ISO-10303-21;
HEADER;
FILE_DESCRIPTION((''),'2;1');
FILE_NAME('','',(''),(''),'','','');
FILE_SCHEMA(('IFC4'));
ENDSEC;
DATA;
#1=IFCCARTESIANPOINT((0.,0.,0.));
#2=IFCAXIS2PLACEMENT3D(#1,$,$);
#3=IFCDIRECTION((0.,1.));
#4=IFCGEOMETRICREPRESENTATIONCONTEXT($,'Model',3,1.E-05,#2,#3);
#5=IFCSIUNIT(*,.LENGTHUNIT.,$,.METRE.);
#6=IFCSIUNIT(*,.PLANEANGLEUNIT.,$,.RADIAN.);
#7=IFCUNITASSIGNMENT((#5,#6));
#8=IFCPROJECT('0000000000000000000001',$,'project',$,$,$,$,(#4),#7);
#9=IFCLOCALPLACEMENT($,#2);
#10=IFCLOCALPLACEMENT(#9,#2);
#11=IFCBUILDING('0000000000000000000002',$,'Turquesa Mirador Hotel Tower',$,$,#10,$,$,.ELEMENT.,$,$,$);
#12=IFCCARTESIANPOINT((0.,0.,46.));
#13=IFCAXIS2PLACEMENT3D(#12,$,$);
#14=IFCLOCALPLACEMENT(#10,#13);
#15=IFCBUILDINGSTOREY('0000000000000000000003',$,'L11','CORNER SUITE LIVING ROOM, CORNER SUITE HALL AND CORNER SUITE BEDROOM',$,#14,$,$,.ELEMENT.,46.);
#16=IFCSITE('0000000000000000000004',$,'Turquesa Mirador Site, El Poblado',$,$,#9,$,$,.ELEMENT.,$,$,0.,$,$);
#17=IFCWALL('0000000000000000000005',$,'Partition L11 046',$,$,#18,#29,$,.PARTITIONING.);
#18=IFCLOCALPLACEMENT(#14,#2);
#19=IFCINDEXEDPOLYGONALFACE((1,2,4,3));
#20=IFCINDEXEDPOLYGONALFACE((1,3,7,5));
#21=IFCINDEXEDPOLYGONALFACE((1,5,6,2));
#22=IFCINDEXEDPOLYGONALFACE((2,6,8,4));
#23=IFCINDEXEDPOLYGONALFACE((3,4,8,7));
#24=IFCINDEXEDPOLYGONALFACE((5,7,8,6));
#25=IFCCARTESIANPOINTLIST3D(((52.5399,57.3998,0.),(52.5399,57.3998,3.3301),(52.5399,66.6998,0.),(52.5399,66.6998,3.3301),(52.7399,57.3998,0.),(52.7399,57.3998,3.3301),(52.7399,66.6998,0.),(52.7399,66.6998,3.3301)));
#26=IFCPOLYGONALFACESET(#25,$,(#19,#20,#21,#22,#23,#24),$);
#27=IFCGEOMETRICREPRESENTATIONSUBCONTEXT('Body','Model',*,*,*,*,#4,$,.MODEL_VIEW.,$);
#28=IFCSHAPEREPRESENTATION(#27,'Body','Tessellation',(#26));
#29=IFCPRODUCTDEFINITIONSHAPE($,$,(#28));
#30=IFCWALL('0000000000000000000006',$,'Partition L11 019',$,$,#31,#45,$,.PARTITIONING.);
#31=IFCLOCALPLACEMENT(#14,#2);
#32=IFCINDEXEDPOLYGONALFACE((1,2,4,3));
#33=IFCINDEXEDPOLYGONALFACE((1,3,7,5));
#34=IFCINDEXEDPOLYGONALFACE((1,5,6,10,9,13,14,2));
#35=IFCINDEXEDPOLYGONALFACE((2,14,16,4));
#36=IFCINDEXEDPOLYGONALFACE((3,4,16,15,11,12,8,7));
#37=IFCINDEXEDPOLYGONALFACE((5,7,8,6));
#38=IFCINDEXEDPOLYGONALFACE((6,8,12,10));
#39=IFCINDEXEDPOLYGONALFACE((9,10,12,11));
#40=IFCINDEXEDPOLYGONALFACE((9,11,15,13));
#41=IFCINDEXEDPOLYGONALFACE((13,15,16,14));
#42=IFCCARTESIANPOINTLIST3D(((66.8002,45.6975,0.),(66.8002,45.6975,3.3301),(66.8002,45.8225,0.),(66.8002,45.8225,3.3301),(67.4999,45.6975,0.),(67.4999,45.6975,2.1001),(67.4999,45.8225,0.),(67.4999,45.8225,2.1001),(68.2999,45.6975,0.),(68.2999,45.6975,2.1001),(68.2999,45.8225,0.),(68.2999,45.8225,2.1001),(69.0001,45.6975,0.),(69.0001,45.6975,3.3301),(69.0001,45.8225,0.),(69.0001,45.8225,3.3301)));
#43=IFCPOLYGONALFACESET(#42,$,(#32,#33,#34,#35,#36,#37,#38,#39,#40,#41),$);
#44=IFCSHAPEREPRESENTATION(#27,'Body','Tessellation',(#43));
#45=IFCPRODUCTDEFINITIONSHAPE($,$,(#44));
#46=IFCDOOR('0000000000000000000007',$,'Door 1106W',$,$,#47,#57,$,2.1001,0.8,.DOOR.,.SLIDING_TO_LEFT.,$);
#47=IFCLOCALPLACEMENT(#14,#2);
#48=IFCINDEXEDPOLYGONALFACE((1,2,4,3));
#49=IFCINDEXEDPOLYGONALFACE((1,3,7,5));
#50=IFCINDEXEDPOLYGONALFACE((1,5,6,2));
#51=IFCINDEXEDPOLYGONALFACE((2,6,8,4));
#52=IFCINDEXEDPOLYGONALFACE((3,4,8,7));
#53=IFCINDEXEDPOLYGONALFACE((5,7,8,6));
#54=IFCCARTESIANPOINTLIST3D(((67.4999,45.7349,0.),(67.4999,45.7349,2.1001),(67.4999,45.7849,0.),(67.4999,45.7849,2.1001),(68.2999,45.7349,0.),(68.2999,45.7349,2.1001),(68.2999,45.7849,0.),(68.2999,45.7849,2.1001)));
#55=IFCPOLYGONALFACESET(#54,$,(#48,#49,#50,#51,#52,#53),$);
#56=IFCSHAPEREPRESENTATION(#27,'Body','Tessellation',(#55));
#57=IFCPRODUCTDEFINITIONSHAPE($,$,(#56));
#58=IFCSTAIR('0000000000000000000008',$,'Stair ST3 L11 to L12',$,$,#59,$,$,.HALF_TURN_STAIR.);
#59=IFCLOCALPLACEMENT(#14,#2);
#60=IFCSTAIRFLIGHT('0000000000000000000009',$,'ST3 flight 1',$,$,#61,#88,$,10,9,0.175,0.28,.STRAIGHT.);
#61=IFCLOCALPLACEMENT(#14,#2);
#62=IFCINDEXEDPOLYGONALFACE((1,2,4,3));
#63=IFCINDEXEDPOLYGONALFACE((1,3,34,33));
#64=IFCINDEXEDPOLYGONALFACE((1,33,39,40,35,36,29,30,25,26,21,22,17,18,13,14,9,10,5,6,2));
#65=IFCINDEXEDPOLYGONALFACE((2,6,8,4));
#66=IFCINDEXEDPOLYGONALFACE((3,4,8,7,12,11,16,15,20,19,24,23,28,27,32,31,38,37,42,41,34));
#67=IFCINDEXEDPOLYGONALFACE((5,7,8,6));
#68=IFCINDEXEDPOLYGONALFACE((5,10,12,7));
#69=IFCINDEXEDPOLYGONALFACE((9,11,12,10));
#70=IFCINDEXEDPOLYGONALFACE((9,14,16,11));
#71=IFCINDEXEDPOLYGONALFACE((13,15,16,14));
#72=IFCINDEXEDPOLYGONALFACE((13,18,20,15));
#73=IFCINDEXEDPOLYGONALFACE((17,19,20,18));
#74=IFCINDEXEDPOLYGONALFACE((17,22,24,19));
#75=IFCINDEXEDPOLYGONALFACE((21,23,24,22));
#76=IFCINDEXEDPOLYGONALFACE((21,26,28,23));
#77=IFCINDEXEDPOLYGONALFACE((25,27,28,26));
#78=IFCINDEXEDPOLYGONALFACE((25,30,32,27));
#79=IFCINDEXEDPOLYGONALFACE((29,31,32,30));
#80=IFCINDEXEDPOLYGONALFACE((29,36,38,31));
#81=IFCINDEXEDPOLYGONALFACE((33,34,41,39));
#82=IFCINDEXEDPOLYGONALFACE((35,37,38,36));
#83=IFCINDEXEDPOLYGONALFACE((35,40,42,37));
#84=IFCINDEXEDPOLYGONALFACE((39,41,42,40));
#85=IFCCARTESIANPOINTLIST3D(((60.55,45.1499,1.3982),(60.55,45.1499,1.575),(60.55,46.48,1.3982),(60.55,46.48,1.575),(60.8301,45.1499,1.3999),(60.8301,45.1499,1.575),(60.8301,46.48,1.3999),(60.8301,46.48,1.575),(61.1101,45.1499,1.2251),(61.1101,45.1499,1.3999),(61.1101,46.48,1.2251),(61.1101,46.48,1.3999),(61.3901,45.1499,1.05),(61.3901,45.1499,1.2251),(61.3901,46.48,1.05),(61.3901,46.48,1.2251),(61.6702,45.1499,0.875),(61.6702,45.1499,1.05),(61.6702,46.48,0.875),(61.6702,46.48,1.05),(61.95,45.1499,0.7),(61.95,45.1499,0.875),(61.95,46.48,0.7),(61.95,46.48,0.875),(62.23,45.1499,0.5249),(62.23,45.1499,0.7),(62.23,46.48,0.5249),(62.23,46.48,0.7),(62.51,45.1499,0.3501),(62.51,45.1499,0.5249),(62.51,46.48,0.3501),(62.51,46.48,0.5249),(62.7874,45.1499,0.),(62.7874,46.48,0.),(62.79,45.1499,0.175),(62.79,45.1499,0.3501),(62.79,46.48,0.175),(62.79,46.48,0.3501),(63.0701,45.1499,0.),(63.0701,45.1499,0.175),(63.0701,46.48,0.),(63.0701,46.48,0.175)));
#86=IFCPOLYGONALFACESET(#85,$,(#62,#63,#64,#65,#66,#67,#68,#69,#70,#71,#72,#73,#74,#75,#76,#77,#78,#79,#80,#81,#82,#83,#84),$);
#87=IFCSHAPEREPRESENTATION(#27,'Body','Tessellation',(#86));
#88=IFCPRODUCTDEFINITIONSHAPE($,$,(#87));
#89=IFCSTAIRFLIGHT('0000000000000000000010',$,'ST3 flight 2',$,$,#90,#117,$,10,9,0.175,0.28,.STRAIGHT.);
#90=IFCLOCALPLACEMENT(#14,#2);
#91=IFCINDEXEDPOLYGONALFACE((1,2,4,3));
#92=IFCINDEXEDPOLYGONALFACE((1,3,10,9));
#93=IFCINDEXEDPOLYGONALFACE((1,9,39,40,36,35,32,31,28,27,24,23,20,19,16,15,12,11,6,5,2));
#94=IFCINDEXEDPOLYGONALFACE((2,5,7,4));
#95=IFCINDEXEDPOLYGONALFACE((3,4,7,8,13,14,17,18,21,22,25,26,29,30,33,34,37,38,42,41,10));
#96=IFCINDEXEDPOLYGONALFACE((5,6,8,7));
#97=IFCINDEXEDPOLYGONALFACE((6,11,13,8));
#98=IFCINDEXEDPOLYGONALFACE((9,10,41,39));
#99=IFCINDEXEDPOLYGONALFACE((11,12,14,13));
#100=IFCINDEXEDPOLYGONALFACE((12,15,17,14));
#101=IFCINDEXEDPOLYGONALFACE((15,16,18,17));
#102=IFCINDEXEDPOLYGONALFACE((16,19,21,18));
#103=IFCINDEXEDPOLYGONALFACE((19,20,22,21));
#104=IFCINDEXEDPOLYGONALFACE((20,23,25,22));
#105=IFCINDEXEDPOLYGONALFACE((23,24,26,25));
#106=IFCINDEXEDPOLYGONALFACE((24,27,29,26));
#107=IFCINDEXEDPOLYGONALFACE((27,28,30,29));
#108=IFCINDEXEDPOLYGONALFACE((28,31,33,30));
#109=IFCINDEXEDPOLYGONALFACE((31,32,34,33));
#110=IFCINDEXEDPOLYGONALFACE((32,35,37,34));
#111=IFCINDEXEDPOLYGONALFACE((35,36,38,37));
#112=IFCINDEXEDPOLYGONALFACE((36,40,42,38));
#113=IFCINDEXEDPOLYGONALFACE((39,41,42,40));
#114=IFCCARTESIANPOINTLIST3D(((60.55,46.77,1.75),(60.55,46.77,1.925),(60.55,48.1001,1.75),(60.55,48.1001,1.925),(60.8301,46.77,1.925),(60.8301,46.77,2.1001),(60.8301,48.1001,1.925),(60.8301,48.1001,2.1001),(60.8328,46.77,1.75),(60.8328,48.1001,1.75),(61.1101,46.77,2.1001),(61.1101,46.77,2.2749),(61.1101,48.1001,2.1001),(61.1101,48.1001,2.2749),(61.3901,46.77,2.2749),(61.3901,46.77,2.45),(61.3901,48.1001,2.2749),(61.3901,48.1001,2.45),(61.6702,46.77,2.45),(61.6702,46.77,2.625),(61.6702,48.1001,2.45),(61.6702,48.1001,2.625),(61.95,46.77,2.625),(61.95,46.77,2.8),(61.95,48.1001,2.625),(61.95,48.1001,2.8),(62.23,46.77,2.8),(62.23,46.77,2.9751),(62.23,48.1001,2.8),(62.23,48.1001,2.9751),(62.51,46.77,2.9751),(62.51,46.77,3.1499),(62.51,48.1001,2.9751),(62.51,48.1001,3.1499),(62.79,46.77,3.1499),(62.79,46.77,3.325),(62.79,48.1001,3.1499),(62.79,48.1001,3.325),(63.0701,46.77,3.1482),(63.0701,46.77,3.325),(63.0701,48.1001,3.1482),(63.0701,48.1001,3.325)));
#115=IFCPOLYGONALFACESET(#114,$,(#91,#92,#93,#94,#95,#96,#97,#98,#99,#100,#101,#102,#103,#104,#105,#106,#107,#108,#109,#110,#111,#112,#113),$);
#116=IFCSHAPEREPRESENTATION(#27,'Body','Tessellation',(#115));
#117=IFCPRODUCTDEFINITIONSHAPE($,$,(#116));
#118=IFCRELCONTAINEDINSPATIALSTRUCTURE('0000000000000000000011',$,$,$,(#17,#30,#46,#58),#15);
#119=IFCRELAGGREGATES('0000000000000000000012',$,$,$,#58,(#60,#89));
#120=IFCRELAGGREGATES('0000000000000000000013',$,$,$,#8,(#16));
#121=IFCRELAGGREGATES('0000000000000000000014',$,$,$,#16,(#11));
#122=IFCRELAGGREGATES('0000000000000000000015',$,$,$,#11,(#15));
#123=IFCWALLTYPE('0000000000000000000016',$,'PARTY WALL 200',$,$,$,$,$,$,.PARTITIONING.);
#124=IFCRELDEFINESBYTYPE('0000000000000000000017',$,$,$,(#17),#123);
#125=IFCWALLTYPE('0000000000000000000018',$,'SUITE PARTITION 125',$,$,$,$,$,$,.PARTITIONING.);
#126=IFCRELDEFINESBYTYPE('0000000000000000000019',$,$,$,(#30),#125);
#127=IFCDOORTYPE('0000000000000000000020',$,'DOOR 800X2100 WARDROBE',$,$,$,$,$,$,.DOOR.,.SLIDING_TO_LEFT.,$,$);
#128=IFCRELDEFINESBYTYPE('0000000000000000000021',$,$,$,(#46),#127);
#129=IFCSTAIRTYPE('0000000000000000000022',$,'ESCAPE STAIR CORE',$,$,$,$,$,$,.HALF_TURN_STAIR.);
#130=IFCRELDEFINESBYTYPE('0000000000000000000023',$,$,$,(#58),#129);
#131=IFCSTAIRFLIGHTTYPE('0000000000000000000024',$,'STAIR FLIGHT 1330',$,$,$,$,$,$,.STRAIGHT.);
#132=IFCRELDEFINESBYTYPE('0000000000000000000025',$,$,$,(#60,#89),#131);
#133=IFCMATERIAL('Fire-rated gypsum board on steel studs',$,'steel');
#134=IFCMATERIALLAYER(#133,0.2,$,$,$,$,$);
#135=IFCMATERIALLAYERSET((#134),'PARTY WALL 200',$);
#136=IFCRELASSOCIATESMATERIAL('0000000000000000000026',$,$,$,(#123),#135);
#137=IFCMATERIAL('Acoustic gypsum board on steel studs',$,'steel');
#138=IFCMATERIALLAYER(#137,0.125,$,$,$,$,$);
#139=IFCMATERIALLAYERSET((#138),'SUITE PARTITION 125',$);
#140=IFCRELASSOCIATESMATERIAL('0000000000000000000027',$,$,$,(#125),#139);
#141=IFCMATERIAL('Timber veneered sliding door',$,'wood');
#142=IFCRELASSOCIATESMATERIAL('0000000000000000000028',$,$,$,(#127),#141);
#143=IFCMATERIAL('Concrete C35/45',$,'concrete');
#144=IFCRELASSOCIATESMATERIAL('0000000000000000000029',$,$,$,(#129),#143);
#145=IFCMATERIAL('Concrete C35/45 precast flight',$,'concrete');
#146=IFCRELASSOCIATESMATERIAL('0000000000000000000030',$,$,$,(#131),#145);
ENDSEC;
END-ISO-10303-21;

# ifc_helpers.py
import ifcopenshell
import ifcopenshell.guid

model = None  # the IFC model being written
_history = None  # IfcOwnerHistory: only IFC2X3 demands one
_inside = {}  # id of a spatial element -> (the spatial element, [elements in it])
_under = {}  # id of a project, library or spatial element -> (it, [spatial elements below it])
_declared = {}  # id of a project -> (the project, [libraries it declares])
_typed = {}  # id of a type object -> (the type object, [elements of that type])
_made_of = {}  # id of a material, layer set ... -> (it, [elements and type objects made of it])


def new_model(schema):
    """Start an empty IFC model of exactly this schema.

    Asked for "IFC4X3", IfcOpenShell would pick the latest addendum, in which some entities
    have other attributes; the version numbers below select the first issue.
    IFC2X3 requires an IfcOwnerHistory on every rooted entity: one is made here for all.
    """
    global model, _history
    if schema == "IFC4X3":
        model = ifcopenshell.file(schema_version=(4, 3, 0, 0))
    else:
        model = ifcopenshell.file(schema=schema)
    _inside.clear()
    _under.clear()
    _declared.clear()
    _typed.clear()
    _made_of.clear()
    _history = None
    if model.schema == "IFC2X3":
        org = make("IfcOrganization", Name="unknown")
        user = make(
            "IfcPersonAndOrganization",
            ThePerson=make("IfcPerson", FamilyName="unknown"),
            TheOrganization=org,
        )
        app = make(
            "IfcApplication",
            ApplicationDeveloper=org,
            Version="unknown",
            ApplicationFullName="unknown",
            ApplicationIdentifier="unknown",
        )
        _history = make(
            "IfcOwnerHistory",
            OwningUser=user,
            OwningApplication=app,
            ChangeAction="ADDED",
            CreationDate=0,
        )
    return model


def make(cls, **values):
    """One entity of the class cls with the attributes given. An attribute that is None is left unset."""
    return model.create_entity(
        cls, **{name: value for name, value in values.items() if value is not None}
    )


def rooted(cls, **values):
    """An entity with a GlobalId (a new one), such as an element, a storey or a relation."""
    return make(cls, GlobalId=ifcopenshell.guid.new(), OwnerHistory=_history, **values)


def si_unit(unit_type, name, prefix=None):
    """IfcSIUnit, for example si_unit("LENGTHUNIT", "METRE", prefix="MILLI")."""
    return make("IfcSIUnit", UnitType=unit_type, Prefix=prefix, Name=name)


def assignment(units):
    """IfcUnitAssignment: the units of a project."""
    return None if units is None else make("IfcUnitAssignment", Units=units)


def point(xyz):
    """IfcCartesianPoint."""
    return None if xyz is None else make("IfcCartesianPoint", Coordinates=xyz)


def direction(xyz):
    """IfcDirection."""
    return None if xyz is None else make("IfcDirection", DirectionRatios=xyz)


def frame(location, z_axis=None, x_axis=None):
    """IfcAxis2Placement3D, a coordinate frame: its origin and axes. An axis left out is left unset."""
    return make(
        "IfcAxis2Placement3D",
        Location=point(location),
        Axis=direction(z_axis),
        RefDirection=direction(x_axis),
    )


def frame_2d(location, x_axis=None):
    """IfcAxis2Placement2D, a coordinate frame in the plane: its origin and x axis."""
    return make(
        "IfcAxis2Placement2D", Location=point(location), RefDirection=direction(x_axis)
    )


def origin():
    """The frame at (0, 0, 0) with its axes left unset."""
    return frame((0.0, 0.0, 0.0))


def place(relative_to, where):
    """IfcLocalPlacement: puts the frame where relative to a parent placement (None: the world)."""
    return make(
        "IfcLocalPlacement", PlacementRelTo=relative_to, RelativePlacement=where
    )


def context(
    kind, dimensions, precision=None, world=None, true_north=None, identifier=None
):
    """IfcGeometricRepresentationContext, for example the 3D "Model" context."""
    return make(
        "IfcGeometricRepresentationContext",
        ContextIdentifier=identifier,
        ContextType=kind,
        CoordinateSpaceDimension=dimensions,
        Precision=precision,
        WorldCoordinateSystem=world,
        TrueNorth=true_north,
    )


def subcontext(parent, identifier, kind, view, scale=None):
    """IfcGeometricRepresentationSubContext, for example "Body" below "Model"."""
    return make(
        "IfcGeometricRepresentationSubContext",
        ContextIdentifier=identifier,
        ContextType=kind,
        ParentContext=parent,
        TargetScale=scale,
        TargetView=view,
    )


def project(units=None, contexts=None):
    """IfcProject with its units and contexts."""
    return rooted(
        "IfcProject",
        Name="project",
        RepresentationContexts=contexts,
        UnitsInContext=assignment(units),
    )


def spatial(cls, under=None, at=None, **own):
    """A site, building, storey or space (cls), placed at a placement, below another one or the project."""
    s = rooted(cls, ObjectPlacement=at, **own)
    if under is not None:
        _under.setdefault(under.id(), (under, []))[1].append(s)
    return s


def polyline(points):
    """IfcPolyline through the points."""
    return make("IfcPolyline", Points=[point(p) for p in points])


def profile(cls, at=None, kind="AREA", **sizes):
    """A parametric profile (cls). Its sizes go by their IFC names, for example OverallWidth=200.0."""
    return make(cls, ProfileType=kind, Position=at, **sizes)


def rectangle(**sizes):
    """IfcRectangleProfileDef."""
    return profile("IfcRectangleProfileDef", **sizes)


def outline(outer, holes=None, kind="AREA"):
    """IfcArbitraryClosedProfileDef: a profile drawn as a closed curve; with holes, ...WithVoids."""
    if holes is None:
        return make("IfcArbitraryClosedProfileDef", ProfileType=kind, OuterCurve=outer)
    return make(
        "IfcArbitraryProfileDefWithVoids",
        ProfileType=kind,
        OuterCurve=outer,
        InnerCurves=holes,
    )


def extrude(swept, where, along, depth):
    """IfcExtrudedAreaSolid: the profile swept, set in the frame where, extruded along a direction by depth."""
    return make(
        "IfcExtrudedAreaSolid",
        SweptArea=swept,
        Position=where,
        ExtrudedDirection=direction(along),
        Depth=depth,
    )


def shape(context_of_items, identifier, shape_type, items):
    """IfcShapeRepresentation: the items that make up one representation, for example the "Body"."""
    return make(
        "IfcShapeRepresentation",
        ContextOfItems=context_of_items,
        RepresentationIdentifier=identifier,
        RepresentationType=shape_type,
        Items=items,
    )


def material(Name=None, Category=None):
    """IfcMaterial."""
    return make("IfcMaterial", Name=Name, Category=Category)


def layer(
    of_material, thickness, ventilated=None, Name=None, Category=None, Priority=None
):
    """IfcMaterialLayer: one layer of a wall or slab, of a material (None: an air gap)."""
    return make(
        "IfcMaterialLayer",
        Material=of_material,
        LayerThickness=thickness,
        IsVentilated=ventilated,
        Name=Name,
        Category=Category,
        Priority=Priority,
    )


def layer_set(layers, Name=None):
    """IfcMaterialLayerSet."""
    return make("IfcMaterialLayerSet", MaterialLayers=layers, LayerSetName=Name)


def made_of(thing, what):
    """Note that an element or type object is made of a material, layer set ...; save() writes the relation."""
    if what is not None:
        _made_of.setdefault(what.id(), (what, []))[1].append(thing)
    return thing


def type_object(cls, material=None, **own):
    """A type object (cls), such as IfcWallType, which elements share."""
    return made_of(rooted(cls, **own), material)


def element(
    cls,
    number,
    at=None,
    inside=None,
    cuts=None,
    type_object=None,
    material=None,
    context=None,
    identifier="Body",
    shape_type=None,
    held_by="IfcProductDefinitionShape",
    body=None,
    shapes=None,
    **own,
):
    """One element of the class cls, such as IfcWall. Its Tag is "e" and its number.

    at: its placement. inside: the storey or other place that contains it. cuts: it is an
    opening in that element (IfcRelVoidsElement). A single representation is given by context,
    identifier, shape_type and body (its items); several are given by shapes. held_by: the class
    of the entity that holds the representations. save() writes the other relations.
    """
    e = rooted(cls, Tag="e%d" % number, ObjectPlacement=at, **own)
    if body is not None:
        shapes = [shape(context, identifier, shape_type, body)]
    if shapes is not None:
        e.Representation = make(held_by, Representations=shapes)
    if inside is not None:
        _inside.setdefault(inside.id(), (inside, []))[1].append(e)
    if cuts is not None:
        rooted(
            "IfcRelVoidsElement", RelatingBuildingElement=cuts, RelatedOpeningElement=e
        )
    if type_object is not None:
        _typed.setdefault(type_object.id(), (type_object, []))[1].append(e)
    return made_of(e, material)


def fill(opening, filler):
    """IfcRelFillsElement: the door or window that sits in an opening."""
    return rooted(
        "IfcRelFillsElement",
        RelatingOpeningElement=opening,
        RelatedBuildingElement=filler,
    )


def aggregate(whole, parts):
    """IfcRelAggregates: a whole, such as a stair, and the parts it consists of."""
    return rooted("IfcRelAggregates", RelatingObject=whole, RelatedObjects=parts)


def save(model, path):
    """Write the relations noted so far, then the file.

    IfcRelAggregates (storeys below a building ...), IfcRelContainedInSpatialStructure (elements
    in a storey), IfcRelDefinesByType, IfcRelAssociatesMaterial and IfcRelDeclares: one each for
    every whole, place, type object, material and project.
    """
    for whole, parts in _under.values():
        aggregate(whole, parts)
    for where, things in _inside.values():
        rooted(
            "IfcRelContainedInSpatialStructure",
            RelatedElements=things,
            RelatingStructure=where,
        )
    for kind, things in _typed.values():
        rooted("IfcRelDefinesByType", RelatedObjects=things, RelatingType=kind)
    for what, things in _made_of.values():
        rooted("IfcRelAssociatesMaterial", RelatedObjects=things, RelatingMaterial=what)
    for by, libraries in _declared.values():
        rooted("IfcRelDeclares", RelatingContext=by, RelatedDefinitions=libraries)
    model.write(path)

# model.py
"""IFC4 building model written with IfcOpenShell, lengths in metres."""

from ifc_helpers import new_model, si_unit, direction, frame, frame_2d, origin, place, context, subcontext, project, spatial, polyline, rectangle, outline, extrude, material, layer, layer_set, type_object, element, fill, aggregate, save


model = new_model("IFC4")

# Units and contexts
model_context = context("Model", 3, precision=1e-05, world=origin(), true_north=direction((0.0, 1.0)))
body_context = subcontext(model_context, "Body", "Model", "MODEL_VIEW")
ifc_project = project(units=[si_unit("LENGTHUNIT", "METRE"), si_unit("PLANEANGLEUNIT", "RADIAN")], contexts=[model_context])

# Site, building, storey
site_placement = place(None, origin())
site = spatial("IfcSite", under=ifc_project, at=site_placement, Name="Turquesa Mirador Site, El Poblado", CompositionType="ELEMENT", RefElevation=0.0)
building_placement = place(site_placement, origin())
building = spatial("IfcBuilding", under=site, at=building_placement, Name="Turquesa Mirador Hotel Tower", CompositionType="ELEMENT")
storey_placement = place(building_placement, frame((0.0, 0.0, 46.0)))
storey = spatial("IfcBuildingStorey", under=building, at=storey_placement, Name="L11", Description="CORNER SUITE LIVING ROOM, CORNER SUITE HALL AND CORNER SUITE BEDROOM", CompositionType="ELEMENT", Elevation=46.0)

# Wall
ifc_material_1 = material(Name="Fire-rated gypsum board on steel studs", Category="steel")
ifc_layer_1 = layer(ifc_material_1, 0.2)
ifc_layer_set_1 = layer_set([ifc_layer_1], Name="PARTY WALL 200")
wall_type_1 = type_object("IfcWallType", Name="PARTY WALL 200", PredefinedType="PARTITIONING", material=ifc_layer_set_1)
wall_1_placement = place(storey_placement, frame((52.6399, 57.3999, 0.0), z_axis=(0.0, 0.0, 1.0), x_axis=(0.0, 1.0, 0.0)))
element("IfcWall", 1, at=wall_1_placement, inside=storey, type_object=wall_type_1, Name="Partition L11 046", PredefinedType="PARTITIONING", context=body_context, shape_type="SweptSolid", body=[
    extrude(rectangle(XDim=9.3, YDim=0.2, at=frame_2d((4.6499, 0.0))), origin(), (0.0, 0.0, 1.0), 3.3301),
])

# Wall, opening, door
ifc_material_2 = material(Name="Acoustic gypsum board on steel studs", Category="steel")
ifc_layer_2 = layer(ifc_material_2, 0.125)
ifc_layer_set_2 = layer_set([ifc_layer_2], Name="SUITE PARTITION 125")
wall_type_2 = type_object("IfcWallType", Name="SUITE PARTITION 125", PredefinedType="PARTITIONING", material=ifc_layer_set_2)
wall_2_placement = place(storey_placement, frame((66.8, 45.76, 0.0), z_axis=(0.0, 0.0, 1.0), x_axis=(1.0, 0.0, 0.0)))
wall_2 = element("IfcWall", 2, at=wall_2_placement, inside=storey, type_object=wall_type_2, Name="Partition L11 019", PredefinedType="PARTITIONING", context=body_context, shape_type="SweptSolid", body=[
    extrude(rectangle(XDim=2.2, YDim=0.125, at=frame_2d((1.1001, 0.0))), origin(), (0.0, 0.0, 1.0), 3.3301),
])
opening_1_placement = place(wall_2_placement, frame((0.7, 0.0, 0.0)))
opening_1 = element("IfcOpeningElement", 3, at=opening_1_placement, cuts=wall_2, PredefinedType="OPENING", context=body_context, shape_type="SweptSolid", body=[
    extrude(rectangle(XDim=0.8, YDim=2.1001, at=frame_2d((0.3999, 1.05))), frame((0.0, 0.0725, 0.0), z_axis=(0.0, -1.0, 0.0), x_axis=(1.0, 0.0, 0.0)), (0.0, 0.0, 1.0), 0.145),
])
ifc_material_3 = material(Name="Timber veneered sliding door", Category="wood")
door_type_1 = type_object("IfcDoorType", Name="DOOR 800X2100 WARDROBE", OperationType="SLIDING_TO_LEFT", PredefinedType="DOOR", material=ifc_material_3)
door_1_placement = place(opening_1_placement, origin())
door_1 = element("IfcDoor", 4, at=door_1_placement, inside=storey, type_object=door_type_1, Name="Door 1106W", OperationType="SLIDING_TO_LEFT", OverallHeight=2.1001, OverallWidth=0.8, PredefinedType="DOOR", context=body_context, shape_type="SweptSolid", body=[
    extrude(rectangle(XDim=0.8, YDim=2.1001, at=frame_2d((0.3999, 1.05))), frame((0.0, 0.0249, 0.0), z_axis=(0.0, -1.0, 0.0), x_axis=(1.0, 0.0, 0.0)), (0.0, 0.0, 1.0), 0.05),
])
fill(opening_1, door_1)

# Stair, stair flights
ifc_material_4 = material(Name="Concrete C35/45", Category="concrete")
stair_type = type_object("IfcStairType", Name="ESCAPE STAIR CORE", PredefinedType="HALF_TURN_STAIR", material=ifc_material_4)
stair_placement = place(storey_placement, origin())
stair = element("IfcStair", 5, at=stair_placement, inside=storey, type_object=stair_type, Name="Stair ST3 L11 to L12", PredefinedType="HALF_TURN_STAIR")
ifc_material_5 = material(Name="Concrete C35/45 precast flight", Category="concrete")
stair_flight_type = type_object("IfcStairFlightType", Name="STAIR FLIGHT 1330", PredefinedType="STRAIGHT", material=ifc_material_5)
stair_flight_1_placement = place(storey_placement, frame((63.0701, 45.8149, 0.0), z_axis=(0.0, 0.0, 1.0), x_axis=(-1.0, 0.0, 0.0)))
stair_flight_1 = element("IfcStairFlight", 6, at=stair_flight_1_placement, type_object=stair_flight_type, Name="ST3 flight 1", NumberOfRisers=10, NumberOfTreads=9, PredefinedType="STRAIGHT", RiserHeight=0.175, TreadLength=0.28, context=body_context, shape_type="SweptSolid", body=[
    extrude(outline(polyline([(0.0, 0.0), (0.0, 0.175), (0.28, 0.175), (0.28, 0.3501), (0.5601, 0.3501), (0.5601, 0.5249), (0.8401, 0.5249), (0.8401, 0.7), (1.1201, 0.7), (1.1201, 0.875), (1.3999, 0.875), (1.3999, 1.05), (1.6799, 1.05), (1.6799, 1.2251), (1.96, 1.2251), (1.96, 1.3999), (2.24, 1.3999), (2.24, 1.575), (2.52, 1.575), (2.52, 1.75), (2.52, 1.3982), (0.2827, 0.0), (0.0, 0.0)])), frame((0.0, 0.665, 0.0), z_axis=(0.0, -1.0, 0.0), x_axis=(1.0, 0.0, 0.0)), (0.0, 0.0, 1.0), 1.3301),
])
stair_flight_2_placement = place(storey_placement, frame((60.55, 47.4351, 1.75), z_axis=(0.0, 0.0, 1.0), x_axis=(1.0, 0.0, 0.0)))
stair_flight_2 = element("IfcStairFlight", 7, at=stair_flight_2_placement, type_object=stair_flight_type, Name="ST3 flight 2", NumberOfRisers=10, NumberOfTreads=9, PredefinedType="STRAIGHT", RiserHeight=0.175, TreadLength=0.28, context=body_context, shape_type="SweptSolid", body=[
    extrude(outline(polyline([(0.0, 0.0), (0.0, 0.175), (0.28, 0.175), (0.28, 0.3501), (0.5601, 0.3501), (0.5601, 0.5249), (0.8401, 0.5249), (0.8401, 0.7), (1.1201, 0.7), (1.1201, 0.875), (1.3999, 0.875), (1.3999, 1.05), (1.6799, 1.05), (1.6799, 1.2251), (1.96, 1.2251), (1.96, 1.3999), (2.24, 1.3999), (2.24, 1.575), (2.52, 1.575), (2.52, 1.75), (2.52, 1.3982), (0.2827, 0.0), (0.0, 0.0)])), frame((0.0, 0.665, 0.0), z_axis=(0.0, -1.0, 0.0), x_axis=(1.0, 0.0, 0.0)), (0.0, 0.0, 1.0), 1.3301),
])
aggregate(stair, [stair_flight_1, stair_flight_2])

save(model, "model.ifc")
